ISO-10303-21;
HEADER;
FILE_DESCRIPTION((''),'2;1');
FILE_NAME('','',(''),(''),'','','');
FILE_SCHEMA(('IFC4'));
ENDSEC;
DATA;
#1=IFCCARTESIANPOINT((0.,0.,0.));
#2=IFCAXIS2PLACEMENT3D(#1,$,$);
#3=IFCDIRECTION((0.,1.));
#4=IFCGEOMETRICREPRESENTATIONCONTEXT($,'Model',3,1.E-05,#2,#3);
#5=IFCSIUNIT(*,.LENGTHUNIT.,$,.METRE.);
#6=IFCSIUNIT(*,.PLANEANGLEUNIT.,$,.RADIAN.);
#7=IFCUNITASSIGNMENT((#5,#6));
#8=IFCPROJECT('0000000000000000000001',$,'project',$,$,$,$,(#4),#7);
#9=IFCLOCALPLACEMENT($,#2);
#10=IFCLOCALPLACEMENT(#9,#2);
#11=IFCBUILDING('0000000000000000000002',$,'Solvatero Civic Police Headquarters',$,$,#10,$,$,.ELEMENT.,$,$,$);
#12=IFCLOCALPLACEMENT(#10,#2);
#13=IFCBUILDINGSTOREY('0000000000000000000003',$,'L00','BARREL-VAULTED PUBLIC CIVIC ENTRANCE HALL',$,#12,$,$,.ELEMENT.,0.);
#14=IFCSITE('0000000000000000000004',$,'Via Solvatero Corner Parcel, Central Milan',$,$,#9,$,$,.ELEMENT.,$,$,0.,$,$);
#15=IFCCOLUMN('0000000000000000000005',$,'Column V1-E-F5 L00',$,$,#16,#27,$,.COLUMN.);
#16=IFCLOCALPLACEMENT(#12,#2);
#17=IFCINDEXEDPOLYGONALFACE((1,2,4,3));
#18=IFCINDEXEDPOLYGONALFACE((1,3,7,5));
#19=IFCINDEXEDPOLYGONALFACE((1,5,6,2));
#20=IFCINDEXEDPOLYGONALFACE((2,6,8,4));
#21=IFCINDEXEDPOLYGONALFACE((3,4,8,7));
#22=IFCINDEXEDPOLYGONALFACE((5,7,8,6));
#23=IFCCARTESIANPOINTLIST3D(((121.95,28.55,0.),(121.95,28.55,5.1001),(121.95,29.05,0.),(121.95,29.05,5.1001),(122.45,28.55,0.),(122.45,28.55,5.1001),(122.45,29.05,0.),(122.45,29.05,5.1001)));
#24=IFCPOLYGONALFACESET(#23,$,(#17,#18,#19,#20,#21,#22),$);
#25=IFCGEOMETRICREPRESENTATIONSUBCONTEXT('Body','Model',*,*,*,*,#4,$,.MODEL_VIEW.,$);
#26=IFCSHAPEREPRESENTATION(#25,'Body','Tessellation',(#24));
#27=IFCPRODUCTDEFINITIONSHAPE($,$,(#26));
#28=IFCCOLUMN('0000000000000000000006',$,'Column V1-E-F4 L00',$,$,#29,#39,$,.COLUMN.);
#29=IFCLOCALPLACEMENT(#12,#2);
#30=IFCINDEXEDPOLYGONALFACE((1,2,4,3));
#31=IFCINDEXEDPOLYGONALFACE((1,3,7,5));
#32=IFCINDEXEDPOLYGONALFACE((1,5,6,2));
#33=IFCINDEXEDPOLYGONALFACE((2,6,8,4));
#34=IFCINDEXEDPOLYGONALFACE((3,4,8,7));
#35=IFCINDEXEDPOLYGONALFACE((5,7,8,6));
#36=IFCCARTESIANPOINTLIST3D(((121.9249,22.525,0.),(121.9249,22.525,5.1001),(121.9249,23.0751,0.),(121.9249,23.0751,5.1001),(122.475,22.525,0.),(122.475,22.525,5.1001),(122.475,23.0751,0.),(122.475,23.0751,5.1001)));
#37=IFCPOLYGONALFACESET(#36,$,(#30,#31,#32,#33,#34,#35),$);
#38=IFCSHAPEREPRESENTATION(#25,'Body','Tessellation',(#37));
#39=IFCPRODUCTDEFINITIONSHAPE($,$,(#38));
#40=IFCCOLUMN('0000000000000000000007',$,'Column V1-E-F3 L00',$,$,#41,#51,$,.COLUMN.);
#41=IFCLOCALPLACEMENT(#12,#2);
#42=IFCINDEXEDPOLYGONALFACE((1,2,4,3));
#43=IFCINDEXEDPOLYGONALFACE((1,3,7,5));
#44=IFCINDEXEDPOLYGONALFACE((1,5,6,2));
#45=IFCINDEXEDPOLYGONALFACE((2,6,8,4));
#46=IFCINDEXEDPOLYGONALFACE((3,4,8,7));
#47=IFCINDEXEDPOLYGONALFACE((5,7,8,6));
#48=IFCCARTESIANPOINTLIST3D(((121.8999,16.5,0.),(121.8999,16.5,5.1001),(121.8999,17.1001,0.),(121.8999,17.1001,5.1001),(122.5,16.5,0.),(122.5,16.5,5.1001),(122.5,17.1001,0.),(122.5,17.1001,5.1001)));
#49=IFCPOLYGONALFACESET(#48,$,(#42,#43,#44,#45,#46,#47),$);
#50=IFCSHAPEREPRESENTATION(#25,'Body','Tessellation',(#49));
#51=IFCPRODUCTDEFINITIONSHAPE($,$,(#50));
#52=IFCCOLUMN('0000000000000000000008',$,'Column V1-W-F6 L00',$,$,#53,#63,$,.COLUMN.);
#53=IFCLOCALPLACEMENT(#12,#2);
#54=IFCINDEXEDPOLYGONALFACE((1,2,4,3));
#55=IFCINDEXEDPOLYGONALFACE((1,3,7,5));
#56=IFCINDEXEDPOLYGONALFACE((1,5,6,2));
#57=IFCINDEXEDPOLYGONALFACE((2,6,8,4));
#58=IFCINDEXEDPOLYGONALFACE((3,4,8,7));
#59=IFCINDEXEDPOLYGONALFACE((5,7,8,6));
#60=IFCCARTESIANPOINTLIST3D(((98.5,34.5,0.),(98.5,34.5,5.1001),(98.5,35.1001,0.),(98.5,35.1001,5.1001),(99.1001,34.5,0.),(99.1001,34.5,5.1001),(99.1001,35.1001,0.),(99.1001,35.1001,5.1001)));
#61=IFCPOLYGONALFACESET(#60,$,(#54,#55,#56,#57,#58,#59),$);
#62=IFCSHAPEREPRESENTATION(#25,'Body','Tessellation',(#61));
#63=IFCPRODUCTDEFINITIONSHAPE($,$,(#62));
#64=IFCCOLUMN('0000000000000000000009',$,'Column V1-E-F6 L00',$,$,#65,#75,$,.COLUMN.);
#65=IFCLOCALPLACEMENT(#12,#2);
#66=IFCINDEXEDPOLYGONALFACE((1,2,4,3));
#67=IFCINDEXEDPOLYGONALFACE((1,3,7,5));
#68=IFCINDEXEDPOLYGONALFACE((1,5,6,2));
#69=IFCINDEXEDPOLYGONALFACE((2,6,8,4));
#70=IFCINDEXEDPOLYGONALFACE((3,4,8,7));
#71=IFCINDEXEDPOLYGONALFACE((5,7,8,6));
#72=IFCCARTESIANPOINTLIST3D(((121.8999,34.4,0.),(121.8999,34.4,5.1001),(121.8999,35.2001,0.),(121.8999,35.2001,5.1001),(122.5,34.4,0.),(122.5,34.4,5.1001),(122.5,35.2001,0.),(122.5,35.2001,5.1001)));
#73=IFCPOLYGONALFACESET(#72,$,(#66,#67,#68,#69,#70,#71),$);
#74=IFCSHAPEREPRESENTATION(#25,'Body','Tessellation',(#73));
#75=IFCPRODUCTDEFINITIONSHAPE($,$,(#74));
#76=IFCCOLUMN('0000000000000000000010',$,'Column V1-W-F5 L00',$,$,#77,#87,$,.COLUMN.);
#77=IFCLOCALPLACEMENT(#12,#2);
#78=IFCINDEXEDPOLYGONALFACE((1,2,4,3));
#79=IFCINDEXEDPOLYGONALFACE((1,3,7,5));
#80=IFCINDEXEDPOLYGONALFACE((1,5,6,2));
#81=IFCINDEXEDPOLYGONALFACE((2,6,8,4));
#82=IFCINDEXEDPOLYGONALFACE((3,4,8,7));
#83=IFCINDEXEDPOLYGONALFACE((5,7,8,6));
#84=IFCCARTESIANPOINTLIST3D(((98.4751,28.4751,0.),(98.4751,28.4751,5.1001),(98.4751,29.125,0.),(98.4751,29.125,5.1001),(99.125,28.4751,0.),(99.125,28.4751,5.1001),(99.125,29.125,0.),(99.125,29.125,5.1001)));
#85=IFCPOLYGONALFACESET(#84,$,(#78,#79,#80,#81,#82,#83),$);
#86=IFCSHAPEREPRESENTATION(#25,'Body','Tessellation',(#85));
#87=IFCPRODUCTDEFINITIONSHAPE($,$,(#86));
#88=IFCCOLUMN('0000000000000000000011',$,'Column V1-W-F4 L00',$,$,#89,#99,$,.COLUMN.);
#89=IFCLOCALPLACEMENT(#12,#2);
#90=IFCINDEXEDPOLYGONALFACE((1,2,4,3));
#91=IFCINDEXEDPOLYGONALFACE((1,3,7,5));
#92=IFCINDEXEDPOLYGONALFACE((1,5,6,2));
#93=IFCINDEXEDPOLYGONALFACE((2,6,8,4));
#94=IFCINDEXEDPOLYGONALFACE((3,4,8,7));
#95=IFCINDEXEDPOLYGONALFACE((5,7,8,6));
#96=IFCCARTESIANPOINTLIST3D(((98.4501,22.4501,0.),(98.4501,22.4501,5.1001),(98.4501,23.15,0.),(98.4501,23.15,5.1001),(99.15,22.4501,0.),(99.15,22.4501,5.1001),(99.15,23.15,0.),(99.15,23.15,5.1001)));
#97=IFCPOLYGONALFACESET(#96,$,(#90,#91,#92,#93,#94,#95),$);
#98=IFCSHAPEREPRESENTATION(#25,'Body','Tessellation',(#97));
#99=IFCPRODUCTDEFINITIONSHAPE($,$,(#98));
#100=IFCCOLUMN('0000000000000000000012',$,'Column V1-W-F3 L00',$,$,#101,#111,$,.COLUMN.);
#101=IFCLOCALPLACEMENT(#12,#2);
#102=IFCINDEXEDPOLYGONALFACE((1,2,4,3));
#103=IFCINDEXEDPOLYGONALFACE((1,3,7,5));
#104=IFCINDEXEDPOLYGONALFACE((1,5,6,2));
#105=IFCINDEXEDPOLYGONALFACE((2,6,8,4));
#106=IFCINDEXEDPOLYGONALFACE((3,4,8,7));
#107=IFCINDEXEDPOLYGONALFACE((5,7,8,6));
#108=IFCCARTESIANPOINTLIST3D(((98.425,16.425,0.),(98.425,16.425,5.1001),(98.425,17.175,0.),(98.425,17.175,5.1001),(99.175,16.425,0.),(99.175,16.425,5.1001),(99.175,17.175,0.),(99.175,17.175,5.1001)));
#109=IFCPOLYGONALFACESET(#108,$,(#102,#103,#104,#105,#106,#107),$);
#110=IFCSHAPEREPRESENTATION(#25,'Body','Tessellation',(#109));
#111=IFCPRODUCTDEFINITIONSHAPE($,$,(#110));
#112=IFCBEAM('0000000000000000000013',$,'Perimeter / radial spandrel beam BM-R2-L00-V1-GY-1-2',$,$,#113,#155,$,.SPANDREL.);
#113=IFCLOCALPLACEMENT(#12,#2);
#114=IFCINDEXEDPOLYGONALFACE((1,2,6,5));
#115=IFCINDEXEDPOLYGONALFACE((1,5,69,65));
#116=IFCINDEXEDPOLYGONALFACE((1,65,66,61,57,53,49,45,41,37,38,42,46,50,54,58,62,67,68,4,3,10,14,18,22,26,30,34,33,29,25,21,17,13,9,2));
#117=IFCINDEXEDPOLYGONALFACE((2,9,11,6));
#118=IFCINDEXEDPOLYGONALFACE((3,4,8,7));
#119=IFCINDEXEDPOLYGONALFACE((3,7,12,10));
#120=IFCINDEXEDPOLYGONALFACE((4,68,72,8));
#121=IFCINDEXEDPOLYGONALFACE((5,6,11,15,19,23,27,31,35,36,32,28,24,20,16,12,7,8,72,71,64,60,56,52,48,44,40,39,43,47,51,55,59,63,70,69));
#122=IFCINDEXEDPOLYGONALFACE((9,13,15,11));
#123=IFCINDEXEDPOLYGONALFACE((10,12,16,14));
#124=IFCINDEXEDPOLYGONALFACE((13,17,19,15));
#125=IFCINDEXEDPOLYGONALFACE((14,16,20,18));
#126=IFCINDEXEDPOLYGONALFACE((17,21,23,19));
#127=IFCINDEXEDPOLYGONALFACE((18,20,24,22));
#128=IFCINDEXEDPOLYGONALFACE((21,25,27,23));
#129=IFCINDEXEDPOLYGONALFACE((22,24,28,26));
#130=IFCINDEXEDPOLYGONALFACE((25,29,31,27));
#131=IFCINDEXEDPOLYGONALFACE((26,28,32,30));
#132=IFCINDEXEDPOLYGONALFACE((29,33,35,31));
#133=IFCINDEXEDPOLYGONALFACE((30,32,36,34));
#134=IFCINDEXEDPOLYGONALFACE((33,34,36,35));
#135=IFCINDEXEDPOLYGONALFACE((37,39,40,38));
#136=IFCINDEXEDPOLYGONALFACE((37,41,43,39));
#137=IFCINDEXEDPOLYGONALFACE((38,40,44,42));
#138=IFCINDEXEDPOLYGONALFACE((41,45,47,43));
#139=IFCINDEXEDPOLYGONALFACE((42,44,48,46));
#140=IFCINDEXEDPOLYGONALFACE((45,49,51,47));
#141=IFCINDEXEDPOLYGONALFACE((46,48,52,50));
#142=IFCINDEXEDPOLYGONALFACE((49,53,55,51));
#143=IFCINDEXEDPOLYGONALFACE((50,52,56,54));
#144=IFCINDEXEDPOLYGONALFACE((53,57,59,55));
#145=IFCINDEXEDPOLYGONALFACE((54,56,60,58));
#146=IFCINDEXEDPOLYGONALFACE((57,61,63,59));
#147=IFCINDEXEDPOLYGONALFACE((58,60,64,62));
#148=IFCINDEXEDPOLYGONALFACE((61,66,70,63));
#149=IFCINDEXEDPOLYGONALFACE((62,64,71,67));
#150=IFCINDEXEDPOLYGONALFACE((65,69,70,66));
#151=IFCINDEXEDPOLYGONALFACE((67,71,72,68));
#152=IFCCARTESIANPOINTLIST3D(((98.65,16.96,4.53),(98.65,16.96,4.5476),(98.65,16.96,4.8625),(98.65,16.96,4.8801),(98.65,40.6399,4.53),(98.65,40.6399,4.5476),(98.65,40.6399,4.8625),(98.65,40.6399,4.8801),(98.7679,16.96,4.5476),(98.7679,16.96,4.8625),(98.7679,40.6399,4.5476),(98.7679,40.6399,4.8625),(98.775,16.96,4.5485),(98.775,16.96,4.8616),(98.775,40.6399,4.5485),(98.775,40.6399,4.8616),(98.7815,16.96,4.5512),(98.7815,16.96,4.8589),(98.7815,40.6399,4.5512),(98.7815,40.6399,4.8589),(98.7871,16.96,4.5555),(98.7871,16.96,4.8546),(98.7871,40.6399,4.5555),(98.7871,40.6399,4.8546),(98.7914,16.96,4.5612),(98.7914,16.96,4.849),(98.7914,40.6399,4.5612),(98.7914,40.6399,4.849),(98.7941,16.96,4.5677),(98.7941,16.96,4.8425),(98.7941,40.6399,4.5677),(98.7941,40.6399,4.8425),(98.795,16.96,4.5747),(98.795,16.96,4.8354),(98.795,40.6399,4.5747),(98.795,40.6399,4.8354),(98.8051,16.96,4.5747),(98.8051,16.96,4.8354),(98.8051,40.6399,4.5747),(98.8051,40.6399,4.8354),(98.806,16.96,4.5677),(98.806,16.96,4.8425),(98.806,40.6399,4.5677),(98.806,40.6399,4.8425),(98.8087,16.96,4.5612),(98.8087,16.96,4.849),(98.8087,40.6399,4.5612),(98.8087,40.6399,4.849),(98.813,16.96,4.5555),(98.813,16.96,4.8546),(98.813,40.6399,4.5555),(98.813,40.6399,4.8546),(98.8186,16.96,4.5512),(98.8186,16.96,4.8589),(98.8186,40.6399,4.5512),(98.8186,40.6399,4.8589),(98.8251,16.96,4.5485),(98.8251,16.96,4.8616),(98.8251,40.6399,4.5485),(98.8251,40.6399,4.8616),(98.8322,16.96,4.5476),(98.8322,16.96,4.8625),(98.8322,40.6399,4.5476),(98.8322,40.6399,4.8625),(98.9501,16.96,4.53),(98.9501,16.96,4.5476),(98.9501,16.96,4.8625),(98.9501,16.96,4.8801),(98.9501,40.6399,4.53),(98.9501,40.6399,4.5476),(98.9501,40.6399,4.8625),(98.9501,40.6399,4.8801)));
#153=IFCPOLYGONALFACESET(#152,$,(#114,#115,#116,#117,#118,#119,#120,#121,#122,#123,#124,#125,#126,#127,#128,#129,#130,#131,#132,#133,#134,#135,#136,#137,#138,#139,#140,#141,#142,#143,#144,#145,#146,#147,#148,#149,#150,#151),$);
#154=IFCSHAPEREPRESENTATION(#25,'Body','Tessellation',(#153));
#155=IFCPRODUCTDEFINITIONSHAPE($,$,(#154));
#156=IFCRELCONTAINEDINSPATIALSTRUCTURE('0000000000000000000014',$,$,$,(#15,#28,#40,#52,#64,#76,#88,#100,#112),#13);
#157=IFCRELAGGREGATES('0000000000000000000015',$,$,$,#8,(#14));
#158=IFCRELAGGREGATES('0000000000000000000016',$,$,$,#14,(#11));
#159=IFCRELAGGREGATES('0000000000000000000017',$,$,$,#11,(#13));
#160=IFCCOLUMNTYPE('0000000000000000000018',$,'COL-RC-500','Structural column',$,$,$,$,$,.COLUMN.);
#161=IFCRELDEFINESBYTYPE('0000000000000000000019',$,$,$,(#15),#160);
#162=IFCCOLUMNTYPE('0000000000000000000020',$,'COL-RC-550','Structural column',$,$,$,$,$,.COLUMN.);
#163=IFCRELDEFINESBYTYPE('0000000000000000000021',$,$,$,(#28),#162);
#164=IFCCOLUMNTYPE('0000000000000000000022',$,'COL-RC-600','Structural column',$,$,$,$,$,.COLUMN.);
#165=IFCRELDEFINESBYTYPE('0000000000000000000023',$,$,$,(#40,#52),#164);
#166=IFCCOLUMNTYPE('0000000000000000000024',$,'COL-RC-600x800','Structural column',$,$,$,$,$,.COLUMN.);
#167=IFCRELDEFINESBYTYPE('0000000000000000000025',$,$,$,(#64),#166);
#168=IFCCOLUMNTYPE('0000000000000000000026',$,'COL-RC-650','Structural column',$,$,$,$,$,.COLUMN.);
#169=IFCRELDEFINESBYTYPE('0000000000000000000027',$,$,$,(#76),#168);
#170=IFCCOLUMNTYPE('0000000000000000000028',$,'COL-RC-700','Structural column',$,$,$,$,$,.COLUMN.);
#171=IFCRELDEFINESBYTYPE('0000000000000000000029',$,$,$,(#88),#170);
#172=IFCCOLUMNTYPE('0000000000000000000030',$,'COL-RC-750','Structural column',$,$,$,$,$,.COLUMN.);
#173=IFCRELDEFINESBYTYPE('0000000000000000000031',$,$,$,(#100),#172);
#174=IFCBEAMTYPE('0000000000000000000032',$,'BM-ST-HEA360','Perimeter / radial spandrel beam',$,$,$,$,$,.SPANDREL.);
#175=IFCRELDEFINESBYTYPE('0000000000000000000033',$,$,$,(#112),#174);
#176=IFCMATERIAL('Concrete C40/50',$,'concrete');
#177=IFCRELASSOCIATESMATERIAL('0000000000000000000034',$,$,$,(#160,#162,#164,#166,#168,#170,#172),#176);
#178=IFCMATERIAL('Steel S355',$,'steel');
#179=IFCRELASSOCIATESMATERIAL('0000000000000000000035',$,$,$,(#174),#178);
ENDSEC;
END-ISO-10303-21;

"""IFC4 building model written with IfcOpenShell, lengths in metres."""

from ifc_helpers import new_model, si_unit, direction, frame, origin, origin_2d, place, context, subcontext, project, spatial, rectangle, i_section, extrude, material, material_profile, profile_set, type_object, element, save


model = new_model("IFC4")

# Units and contexts
model_context = context("Model", 3, precision=1e-05, world=origin(), true_north=direction((0.0, 1.0)))
body_context = subcontext(model_context, "Body", "Model", "MODEL_VIEW")
ifc_project = project(units=[si_unit("LENGTHUNIT", "METRE"), si_unit("PLANEANGLEUNIT", "RADIAN")], contexts=[model_context])

# Site, building, storey
site_placement = place(None, origin())
site = spatial("IfcSite", under=ifc_project, at=site_placement, Name="Via Solvatero Corner Parcel, Central Milan", CompositionType="ELEMENT", RefElevation=0.0)
building_placement = place(site_placement, origin())
building = spatial("IfcBuilding", under=site, at=building_placement, Name="Solvatero Civic Police Headquarters", CompositionType="ELEMENT")
storey_placement = place(building_placement, origin())
storey = spatial("IfcBuildingStorey", under=building, at=storey_placement, Name="L00", Description="BARREL-VAULTED PUBLIC CIVIC ENTRANCE HALL", CompositionType="ELEMENT", Elevation=0.0)

# Columns
ifc_material_1 = material(Name="Concrete C40/50", Category="concrete")
ifc_material_profile_1 = material_profile(ifc_material_1, rectangle(XDim=0.5, YDim=0.5, at=origin_2d()), Name="RC 500x500")
ifc_profile_set_1 = profile_set([ifc_material_profile_1], Name="Concrete C40/50")
column_type_1 = type_object("IfcColumnType", Name="COL-RC-500", Description="Structural column", PredefinedType="COLUMN", material=ifc_profile_set_1)
column_1_placement = place(storey_placement, frame((122.2, 28.8, 0.0), z_axis=(0.0, 0.0, 1.0), x_axis=(1.0, 0.0, 0.0)))
element("IfcColumn", 1, at=column_1_placement, inside=storey, type_object=column_type_1, Name="Column V1-E-F5 L00", PredefinedType="COLUMN", context=body_context, shape_type="SweptSolid", body=[
    extrude(rectangle(XDim=0.5, YDim=0.5, at=origin_2d()), origin(), (0.0, 0.0, 1.0), 5.1001),
])
ifc_material_profile_2 = material_profile(ifc_material_1, rectangle(XDim=0.55, YDim=0.55, at=origin_2d()), Name="RC 550x550")
ifc_profile_set_2 = profile_set([ifc_material_profile_2], Name="Concrete C40/50")
column_type_2 = type_object("IfcColumnType", Name="COL-RC-550", Description="Structural column", PredefinedType="COLUMN", material=ifc_profile_set_2)
column_2_placement = place(storey_placement, frame((122.2, 22.8, 0.0), z_axis=(0.0, 0.0, 1.0), x_axis=(1.0, 0.0, 0.0)))
element("IfcColumn", 2, at=column_2_placement, inside=storey, type_object=column_type_2, Name="Column V1-E-F4 L00", PredefinedType="COLUMN", context=body_context, shape_type="SweptSolid", body=[
    extrude(rectangle(XDim=0.55, YDim=0.55, at=origin_2d()), origin(), (0.0, 0.0, 1.0), 5.1001),
])
ifc_material_profile_3 = material_profile(ifc_material_1, rectangle(XDim=0.6001, YDim=0.6001, at=origin_2d()), Name="RC 600x600")
ifc_profile_set_3 = profile_set([ifc_material_profile_3], Name="Concrete C40/50")
column_type_3 = type_object("IfcColumnType", Name="COL-RC-600", Description="Structural column", PredefinedType="COLUMN", material=ifc_profile_set_3)
for number, where, z_axis, x_axis, name in (
    (3, (122.2, 16.8, 0.0), (0.0, 0.0, 1.0), (1.0, 0.0, 0.0), "Column V1-E-F3 L00"),
    (4, (98.8, 34.8, 0.0), (0.0, 0.0, 1.0), (1.0, 0.0, 0.0), "Column V1-W-F6 L00"),
):
    element("IfcColumn", number, at=place(storey_placement, frame(where, z_axis=z_axis, x_axis=x_axis)), inside=storey, type_object=column_type_3, Name=name, PredefinedType="COLUMN", context=body_context, shape_type="SweptSolid", body=[
        extrude(rectangle(XDim=0.6001, YDim=0.6001, at=origin_2d()), origin(), (0.0, 0.0, 1.0), 5.1001),
    ])
ifc_material_profile_4 = material_profile(ifc_material_1, rectangle(XDim=0.6001, YDim=0.8, at=origin_2d()), Name="RC 600x800")
ifc_profile_set_4 = profile_set([ifc_material_profile_4], Name="Concrete C40/50")
column_type_4 = type_object("IfcColumnType", Name="COL-RC-600x800", Description="Structural column", PredefinedType="COLUMN", material=ifc_profile_set_4)
column_3_placement = place(storey_placement, frame((122.2, 34.8, 0.0), z_axis=(0.0, 0.0, 1.0), x_axis=(1.0, 0.0, 0.0)))
element("IfcColumn", 5, at=column_3_placement, inside=storey, type_object=column_type_4, Name="Column V1-E-F6 L00", PredefinedType="COLUMN", context=body_context, shape_type="SweptSolid", body=[
    extrude(rectangle(XDim=0.6001, YDim=0.8, at=origin_2d()), origin(), (0.0, 0.0, 1.0), 5.1001),
])
ifc_material_profile_5 = material_profile(ifc_material_1, rectangle(XDim=0.6499, YDim=0.6499, at=origin_2d()), Name="RC 650x650")
ifc_profile_set_5 = profile_set([ifc_material_profile_5], Name="Concrete C40/50")
column_type_5 = type_object("IfcColumnType", Name="COL-RC-650", Description="Structural column", PredefinedType="COLUMN", material=ifc_profile_set_5)
column_4_placement = place(storey_placement, frame((98.8, 28.8, 0.0), z_axis=(0.0, 0.0, 1.0), x_axis=(1.0, 0.0, 0.0)))
element("IfcColumn", 6, at=column_4_placement, inside=storey, type_object=column_type_5, Name="Column V1-W-F5 L00", PredefinedType="COLUMN", context=body_context, shape_type="SweptSolid", body=[
    extrude(rectangle(XDim=0.6499, YDim=0.6499, at=origin_2d()), origin(), (0.0, 0.0, 1.0), 5.1001),
])
ifc_material_profile_6 = material_profile(ifc_material_1, rectangle(XDim=0.7, YDim=0.7, at=origin_2d()), Name="RC 700x700")
ifc_profile_set_6 = profile_set([ifc_material_profile_6], Name="Concrete C40/50")
column_type_6 = type_object("IfcColumnType", Name="COL-RC-700", Description="Structural column", PredefinedType="COLUMN", material=ifc_profile_set_6)
column_5_placement = place(storey_placement, frame((98.8, 22.8, 0.0), z_axis=(0.0, 0.0, 1.0), x_axis=(1.0, 0.0, 0.0)))
element("IfcColumn", 7, at=column_5_placement, inside=storey, type_object=column_type_6, Name="Column V1-W-F4 L00", PredefinedType="COLUMN", context=body_context, shape_type="SweptSolid", body=[
    extrude(rectangle(XDim=0.7, YDim=0.7, at=origin_2d()), origin(), (0.0, 0.0, 1.0), 5.1001),
])
ifc_material_profile_7 = material_profile(ifc_material_1, rectangle(XDim=0.75, YDim=0.75, at=origin_2d()), Name="RC 750x750")
ifc_profile_set_7 = profile_set([ifc_material_profile_7], Name="Concrete C40/50")
column_type_7 = type_object("IfcColumnType", Name="COL-RC-750", Description="Structural column", PredefinedType="COLUMN", material=ifc_profile_set_7)
column_6_placement = place(storey_placement, frame((98.8, 16.8, 0.0), z_axis=(0.0, 0.0, 1.0), x_axis=(1.0, 0.0, 0.0)))
element("IfcColumn", 8, at=column_6_placement, inside=storey, type_object=column_type_7, Name="Column V1-W-F3 L00", PredefinedType="COLUMN", context=body_context, shape_type="SweptSolid", body=[
    extrude(rectangle(XDim=0.75, YDim=0.75, at=origin_2d()), origin(), (0.0, 0.0, 1.0), 5.1001),
])

# Beam
ifc_material_2 = material(Name="Steel S355", Category="steel")
ifc_material_profile_8 = material_profile(ifc_material_2, i_section(OverallWidth=0.3, OverallDepth=0.3501, WebThickness=0.01, FlangeThickness=0.0176, FilletRadius=0.0271, at=origin_2d()), Name="HEA 360")
ifc_profile_set_8 = profile_set([ifc_material_profile_8], Name="Steel S355")
beam_type_1 = type_object("IfcBeamType", Name="BM-ST-HEA360", Description="Perimeter / radial spandrel beam", PredefinedType="SPANDREL", material=ifc_profile_set_8)
for number, where, z_axis, x_axis, name in (
    (9, (98.8, 16.96, 4.7051), (0.0, 1.0, 0.0), (-1.0, 0.0, 0.0), "Perimeter / radial spandrel beam BM-R2-L00-V1-GY-1-2"),
):
    element("IfcBeam", number, at=place(storey_placement, frame(where, z_axis=z_axis, x_axis=x_axis)), inside=storey, type_object=beam_type_1, Name=name, PredefinedType="SPANDREL", context=body_context, shape_type="SweptSolid", body=[
        extrude(i_section(OverallWidth=0.3, OverallDepth=0.3501, WebThickness=0.01, FlangeThickness=0.0176, FilletRadius=0.0271, at=origin_2d()), origin(), (0.0, 0.0, 1.0), 23.6799),
    ])

save(model, "model.ifc")
